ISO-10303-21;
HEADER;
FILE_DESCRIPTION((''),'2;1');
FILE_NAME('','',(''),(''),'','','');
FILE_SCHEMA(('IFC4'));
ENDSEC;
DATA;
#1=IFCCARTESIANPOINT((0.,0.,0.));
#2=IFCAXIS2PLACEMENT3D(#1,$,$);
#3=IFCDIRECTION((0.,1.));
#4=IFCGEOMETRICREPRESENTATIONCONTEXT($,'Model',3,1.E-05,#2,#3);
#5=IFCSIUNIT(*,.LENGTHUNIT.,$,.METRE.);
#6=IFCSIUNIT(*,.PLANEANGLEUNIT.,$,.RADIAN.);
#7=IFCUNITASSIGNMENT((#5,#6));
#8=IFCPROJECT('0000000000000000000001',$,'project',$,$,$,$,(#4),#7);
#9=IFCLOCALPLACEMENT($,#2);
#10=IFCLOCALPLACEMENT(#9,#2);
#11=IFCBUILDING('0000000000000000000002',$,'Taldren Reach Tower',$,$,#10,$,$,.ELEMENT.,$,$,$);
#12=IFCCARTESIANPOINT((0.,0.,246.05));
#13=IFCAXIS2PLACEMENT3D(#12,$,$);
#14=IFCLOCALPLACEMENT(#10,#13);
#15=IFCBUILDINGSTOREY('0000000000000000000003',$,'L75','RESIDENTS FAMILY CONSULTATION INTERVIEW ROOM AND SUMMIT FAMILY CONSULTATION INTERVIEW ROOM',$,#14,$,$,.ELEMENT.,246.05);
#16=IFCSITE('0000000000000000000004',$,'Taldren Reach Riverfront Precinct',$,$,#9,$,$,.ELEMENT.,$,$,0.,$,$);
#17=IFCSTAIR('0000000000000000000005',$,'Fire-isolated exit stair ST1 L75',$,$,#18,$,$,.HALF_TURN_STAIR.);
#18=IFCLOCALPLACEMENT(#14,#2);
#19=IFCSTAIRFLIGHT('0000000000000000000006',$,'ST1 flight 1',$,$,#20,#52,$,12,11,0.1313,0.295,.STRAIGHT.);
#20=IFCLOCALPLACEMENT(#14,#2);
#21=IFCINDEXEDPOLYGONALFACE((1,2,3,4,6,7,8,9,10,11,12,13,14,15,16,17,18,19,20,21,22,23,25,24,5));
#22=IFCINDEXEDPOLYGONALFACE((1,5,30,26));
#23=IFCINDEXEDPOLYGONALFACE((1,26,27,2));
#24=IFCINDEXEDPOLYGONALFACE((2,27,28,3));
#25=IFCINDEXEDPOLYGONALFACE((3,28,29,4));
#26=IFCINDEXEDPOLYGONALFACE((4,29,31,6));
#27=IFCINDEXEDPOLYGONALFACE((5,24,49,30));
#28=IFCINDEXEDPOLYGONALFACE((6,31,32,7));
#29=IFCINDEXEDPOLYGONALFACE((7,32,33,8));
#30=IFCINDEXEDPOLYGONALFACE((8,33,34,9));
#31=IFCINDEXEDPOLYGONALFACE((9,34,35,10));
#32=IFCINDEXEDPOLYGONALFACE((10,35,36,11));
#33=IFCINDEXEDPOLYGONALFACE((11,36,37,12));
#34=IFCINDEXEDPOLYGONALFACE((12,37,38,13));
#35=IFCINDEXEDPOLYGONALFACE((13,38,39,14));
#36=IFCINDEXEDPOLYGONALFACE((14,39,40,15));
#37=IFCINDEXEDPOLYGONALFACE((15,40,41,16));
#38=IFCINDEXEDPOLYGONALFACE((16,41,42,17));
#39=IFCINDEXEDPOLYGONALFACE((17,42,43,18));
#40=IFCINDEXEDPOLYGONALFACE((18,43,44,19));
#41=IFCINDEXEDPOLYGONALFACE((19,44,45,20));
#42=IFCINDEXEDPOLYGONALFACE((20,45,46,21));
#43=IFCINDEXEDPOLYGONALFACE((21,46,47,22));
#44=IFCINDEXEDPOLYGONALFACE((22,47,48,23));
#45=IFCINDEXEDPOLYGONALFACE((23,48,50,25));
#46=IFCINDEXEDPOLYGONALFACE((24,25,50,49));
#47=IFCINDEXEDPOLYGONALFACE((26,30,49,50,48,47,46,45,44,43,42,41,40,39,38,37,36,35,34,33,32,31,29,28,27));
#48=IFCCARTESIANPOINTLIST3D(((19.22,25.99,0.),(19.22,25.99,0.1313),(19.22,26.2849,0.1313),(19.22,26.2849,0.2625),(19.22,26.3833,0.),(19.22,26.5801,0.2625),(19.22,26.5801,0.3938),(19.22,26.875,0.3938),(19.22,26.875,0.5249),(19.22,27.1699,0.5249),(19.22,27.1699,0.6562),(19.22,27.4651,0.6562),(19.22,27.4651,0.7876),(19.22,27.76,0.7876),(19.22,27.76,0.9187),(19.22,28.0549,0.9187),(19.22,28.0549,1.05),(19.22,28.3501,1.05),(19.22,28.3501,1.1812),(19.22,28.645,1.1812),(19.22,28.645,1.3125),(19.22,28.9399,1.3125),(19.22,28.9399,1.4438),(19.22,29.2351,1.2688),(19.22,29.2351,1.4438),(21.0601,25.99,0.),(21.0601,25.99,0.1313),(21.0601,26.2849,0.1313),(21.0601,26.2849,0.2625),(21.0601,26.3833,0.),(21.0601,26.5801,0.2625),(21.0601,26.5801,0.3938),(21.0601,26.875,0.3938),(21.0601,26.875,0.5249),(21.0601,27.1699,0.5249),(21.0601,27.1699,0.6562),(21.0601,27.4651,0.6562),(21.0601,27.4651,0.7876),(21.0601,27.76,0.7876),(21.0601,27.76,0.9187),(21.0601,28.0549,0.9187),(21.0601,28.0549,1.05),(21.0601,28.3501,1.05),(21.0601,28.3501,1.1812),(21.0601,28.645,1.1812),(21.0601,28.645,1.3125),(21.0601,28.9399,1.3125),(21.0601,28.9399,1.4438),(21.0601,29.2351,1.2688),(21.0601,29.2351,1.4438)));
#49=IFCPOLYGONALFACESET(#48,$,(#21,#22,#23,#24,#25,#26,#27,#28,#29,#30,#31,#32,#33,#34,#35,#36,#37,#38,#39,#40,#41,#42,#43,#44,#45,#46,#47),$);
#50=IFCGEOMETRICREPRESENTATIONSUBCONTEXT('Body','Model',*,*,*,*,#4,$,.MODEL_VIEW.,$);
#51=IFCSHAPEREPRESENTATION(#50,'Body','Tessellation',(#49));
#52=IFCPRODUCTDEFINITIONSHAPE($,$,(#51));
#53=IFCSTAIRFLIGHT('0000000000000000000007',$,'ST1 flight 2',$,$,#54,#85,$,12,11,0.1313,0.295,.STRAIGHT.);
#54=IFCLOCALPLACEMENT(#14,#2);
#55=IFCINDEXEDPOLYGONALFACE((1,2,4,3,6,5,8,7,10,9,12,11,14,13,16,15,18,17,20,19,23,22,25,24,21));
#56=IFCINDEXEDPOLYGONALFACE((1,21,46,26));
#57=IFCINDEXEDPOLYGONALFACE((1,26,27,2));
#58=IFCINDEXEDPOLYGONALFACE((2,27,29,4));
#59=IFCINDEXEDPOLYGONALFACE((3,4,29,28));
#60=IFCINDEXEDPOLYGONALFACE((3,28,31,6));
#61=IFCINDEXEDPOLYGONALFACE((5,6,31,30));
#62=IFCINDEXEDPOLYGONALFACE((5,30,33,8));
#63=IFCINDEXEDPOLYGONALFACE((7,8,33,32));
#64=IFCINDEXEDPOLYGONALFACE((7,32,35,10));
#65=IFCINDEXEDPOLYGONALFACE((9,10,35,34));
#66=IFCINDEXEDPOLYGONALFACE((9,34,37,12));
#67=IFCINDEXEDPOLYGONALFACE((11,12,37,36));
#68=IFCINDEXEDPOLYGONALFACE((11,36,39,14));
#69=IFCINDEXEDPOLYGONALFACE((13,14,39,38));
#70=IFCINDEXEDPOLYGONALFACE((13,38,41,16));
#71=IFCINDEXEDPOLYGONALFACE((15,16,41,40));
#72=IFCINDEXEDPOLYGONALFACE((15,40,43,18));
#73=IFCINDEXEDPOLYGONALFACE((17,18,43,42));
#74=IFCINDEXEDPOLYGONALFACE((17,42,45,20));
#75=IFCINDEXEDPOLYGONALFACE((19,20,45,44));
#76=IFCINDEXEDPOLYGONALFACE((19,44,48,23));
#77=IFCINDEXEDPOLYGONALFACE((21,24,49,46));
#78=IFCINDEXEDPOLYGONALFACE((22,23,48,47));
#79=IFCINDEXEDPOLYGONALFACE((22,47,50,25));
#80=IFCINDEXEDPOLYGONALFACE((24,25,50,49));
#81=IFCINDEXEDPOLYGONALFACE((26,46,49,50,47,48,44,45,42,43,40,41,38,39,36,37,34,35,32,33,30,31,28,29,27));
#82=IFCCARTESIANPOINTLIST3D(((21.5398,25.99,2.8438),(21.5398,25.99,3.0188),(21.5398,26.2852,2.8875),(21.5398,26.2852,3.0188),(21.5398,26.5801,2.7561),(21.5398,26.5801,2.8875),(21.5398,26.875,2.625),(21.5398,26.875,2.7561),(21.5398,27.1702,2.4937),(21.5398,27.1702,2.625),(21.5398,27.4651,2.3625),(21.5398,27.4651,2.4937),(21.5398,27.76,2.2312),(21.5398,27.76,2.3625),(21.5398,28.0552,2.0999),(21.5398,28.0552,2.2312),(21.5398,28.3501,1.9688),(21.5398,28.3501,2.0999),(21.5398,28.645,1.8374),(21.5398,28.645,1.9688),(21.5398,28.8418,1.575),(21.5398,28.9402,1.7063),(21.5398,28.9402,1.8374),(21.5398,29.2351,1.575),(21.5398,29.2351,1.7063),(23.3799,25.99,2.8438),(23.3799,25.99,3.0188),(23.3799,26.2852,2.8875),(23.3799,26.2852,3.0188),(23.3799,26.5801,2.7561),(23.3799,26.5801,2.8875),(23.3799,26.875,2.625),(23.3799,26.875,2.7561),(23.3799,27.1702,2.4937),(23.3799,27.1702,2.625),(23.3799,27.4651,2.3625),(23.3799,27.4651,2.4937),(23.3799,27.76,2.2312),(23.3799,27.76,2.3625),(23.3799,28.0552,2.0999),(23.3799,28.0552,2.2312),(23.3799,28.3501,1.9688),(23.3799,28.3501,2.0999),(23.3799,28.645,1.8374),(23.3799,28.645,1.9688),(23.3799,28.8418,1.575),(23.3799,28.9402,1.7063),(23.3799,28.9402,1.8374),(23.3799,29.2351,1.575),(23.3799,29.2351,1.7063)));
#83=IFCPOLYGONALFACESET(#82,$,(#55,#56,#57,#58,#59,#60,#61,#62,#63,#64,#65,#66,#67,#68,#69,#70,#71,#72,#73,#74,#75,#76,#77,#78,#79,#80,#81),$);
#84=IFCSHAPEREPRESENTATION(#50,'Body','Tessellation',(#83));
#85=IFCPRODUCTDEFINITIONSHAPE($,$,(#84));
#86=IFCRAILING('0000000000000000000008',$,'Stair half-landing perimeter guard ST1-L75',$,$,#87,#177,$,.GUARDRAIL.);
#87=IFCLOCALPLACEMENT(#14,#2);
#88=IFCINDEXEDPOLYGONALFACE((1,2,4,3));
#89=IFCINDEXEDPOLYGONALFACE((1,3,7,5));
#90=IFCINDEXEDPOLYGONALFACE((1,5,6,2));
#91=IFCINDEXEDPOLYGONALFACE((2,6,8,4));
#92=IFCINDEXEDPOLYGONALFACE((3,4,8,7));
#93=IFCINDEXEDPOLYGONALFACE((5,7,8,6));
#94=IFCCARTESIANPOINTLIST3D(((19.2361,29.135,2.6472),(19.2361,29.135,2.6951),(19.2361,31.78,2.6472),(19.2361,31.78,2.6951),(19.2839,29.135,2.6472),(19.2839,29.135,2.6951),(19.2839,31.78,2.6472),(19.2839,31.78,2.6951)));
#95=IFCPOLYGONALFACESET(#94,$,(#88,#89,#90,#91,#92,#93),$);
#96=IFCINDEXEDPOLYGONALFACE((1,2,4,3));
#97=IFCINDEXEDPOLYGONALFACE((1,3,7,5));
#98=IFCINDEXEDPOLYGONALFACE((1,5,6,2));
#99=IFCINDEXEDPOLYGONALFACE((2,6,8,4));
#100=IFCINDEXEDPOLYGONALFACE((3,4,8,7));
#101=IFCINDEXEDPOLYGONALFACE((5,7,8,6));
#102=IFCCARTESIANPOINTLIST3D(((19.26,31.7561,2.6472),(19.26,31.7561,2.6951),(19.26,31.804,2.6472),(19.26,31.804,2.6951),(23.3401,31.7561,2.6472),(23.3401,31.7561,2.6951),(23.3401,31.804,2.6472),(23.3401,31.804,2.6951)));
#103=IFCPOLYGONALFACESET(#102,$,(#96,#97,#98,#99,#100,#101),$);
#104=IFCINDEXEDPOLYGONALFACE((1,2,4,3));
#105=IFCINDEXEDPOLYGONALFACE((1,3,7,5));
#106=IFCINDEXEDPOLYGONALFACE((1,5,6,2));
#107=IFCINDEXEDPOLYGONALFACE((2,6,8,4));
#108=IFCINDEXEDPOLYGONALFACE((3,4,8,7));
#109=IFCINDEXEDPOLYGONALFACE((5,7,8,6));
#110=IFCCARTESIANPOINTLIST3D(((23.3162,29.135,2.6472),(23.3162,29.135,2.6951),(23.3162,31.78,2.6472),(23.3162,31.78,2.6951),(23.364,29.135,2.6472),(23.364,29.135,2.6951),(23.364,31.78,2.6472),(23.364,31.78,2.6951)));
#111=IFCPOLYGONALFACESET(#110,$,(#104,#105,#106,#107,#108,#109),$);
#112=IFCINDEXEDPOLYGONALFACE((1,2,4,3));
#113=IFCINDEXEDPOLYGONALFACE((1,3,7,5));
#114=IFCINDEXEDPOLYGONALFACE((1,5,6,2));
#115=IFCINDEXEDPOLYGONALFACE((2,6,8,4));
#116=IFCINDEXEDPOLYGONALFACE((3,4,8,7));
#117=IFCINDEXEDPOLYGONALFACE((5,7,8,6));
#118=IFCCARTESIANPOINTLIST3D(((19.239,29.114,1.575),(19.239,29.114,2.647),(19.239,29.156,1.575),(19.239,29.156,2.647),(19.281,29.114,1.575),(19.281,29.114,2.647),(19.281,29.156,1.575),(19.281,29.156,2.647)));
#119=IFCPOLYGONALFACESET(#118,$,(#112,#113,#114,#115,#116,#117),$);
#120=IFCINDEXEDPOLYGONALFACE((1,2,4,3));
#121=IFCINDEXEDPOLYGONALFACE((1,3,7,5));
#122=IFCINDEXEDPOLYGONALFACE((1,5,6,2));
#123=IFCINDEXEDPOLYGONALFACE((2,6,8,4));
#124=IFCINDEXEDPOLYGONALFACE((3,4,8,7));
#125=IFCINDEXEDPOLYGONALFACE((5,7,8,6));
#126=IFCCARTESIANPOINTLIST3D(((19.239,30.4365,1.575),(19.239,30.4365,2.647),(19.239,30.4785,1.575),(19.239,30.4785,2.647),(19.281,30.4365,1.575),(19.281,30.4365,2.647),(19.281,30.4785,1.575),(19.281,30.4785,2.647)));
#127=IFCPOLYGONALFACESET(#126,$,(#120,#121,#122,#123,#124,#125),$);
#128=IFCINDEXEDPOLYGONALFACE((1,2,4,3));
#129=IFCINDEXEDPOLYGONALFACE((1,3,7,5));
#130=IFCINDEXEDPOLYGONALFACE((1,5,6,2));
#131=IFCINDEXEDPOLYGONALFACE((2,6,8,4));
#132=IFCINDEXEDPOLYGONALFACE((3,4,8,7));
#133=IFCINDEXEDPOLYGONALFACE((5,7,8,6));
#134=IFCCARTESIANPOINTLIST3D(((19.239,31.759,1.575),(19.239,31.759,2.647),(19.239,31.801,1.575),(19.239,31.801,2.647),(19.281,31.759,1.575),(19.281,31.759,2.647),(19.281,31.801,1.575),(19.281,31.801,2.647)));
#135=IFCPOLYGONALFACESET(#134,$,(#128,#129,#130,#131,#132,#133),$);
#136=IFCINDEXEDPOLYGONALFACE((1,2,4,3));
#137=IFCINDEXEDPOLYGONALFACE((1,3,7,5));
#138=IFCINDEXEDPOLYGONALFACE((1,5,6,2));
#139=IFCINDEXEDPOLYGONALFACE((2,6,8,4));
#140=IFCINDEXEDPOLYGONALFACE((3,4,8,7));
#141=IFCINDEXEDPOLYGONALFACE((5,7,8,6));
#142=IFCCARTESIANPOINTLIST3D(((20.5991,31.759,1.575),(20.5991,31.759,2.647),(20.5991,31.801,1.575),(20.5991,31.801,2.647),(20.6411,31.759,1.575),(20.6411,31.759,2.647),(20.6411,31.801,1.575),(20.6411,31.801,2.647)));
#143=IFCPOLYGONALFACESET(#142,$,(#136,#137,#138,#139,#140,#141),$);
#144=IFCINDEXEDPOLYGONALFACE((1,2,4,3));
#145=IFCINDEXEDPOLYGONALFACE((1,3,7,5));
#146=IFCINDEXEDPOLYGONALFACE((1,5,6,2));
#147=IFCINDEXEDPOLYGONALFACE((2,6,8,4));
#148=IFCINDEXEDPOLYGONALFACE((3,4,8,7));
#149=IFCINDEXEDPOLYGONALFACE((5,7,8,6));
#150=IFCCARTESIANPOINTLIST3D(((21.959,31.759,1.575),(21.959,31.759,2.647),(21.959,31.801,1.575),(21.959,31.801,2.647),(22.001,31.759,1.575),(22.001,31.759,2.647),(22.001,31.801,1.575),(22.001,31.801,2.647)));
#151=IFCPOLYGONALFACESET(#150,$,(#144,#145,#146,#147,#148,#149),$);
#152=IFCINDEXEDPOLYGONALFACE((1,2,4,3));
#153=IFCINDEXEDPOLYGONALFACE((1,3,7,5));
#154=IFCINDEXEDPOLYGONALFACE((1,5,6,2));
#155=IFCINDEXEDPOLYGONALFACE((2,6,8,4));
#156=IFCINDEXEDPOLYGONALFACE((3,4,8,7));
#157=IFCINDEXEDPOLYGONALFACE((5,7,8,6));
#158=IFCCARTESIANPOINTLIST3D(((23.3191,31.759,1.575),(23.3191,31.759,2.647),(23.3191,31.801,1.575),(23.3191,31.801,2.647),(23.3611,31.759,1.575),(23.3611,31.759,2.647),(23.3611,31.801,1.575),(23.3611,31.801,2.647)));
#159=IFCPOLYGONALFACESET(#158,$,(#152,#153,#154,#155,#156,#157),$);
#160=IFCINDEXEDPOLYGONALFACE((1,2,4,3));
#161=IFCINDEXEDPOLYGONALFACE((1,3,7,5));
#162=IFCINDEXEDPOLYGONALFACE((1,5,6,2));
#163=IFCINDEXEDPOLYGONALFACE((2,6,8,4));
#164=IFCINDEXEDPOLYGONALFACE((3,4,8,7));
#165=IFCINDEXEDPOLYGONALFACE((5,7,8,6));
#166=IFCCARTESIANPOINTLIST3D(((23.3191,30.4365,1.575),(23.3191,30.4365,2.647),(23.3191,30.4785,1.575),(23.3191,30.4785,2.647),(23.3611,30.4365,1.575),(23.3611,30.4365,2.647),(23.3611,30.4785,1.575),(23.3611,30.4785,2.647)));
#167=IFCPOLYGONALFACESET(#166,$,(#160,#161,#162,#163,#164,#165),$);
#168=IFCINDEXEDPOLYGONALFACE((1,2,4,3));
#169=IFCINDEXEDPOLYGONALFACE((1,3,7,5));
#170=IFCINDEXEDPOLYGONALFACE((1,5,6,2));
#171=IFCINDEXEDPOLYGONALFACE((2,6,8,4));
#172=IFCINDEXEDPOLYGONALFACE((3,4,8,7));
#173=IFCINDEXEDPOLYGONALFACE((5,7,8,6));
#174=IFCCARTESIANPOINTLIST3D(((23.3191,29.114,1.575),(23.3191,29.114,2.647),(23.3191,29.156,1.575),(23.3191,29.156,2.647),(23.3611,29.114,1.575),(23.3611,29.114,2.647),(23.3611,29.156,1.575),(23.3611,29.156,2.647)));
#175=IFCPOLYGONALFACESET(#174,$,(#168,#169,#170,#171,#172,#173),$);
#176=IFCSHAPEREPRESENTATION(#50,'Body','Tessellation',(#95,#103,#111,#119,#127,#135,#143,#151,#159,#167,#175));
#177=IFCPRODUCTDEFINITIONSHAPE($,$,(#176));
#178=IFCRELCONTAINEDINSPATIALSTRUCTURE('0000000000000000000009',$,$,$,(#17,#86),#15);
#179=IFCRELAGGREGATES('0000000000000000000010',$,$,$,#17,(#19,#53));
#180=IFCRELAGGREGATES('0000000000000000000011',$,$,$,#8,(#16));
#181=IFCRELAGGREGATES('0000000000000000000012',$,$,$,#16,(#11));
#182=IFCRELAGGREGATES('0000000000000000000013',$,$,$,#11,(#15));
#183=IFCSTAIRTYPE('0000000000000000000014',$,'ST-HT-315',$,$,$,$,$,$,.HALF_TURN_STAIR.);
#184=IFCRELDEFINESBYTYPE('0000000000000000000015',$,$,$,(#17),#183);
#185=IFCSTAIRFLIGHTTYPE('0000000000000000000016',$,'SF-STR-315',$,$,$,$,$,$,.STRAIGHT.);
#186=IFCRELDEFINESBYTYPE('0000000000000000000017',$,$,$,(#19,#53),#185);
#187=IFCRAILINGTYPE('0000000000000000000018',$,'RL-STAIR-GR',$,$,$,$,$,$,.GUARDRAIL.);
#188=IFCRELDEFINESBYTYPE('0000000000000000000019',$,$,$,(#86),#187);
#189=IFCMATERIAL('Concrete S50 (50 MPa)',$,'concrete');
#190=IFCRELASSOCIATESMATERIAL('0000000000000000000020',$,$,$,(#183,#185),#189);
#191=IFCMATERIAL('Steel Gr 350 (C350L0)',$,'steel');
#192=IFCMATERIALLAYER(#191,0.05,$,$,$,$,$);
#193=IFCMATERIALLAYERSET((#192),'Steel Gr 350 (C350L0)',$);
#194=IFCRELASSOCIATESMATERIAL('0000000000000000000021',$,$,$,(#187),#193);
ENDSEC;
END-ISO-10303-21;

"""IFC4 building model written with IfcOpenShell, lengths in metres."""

from ifc_helpers import new_model, si_unit, direction, frame, origin, origin_2d, place, context, subcontext, project, spatial, polyline, rectangle, outline, extrude, material, layer, layer_set, type_object, element, aggregate, save


model = new_model("IFC4")

# Units and contexts
model_context = context("Model", 3, precision=1e-05, world=origin(), true_north=direction((0.0, 1.0)))
body_context = subcontext(model_context, "Body", "Model", "MODEL_VIEW")
ifc_project = project(units=[si_unit("LENGTHUNIT", "METRE"), si_unit("PLANEANGLEUNIT", "RADIAN")], contexts=[model_context])

# Site, building, storey
site_placement = place(None, origin())
site = spatial("IfcSite", under=ifc_project, at=site_placement, Name="Taldren Reach Riverfront Precinct", CompositionType="ELEMENT", RefElevation=0.0)
building_placement = place(site_placement, origin())
building = spatial("IfcBuilding", under=site, at=building_placement, Name="Taldren Reach Tower", CompositionType="ELEMENT")
storey_placement = place(building_placement, frame((0.0, 0.0, 246.05)))
storey = spatial("IfcBuildingStorey", under=building, at=storey_placement, Name="L75", Description="RESIDENTS FAMILY CONSULTATION INTERVIEW ROOM AND SUMMIT FAMILY CONSULTATION INTERVIEW ROOM", CompositionType="ELEMENT", Elevation=246.05)

# Shared definitions
ifc_material_1 = material(Name="Steel Gr 350 (C350L0)", Category="steel")

# Stair, stair flights
ifc_material_2 = material(Name="Concrete S50 (50 MPa)", Category="concrete")
stair_type = type_object("IfcStairType", Name="ST-HT-315", PredefinedType="HALF_TURN_STAIR", material=ifc_material_2)
stair_placement = place(storey_placement, origin())
stair = element("IfcStair", 1, at=stair_placement, inside=storey, type_object=stair_type, Name="Fire-isolated exit stair ST1 L75", PredefinedType="HALF_TURN_STAIR")
stair_flight_type = type_object("IfcStairFlightType", Name="SF-STR-315", PredefinedType="STRAIGHT", material=ifc_material_2)
stair_flight_1_placement = place(storey_placement, frame((20.1399, 25.99, 0.0), z_axis=(0.0, 0.0, 1.0), x_axis=(0.0, 1.0, 0.0)))
stair_flight_1 = element("IfcStairFlight", 2, at=stair_flight_1_placement, type_object=stair_flight_type, Name="ST1 flight 1", NumberOfRisers=12, NumberOfTreads=11, PredefinedType="STRAIGHT", RiserHeight=0.1313, TreadLength=0.295, context=body_context, shape_type="SweptSolid", body=[
    extrude(outline(polyline([(0.0, 0.0), (0.0, 0.1313), (0.2949, 0.1313), (0.2949, 0.2625), (0.5901, 0.2625), (0.5901, 0.3938), (0.885, 0.3938), (0.885, 0.5249), (1.1799, 0.5249), (1.1799, 0.6562), (1.4751, 0.6562), (1.4751, 0.7876), (1.77, 0.7876), (1.77, 0.9187), (2.0649, 0.9187), (2.0649, 1.05), (2.3601, 1.05), (2.3601, 1.1812), (2.655, 1.1812), (2.655, 1.3125), (2.95, 1.3125), (2.95, 1.4438), (3.2451, 1.4438), (3.2451, 1.575), (3.2451, 1.2688), (0.3933, 0.0), (0.0, 0.0)])), frame((0.0, 0.9199, 0.0), z_axis=(0.0, -1.0, 0.0), x_axis=(1.0, 0.0, 0.0)), (0.0, 0.0, 1.0), 1.8401),
])
stair_flight_2_placement = place(storey_placement, frame((22.46, 29.2351, 1.575), z_axis=(0.0, 0.0, 1.0), x_axis=(0.0, -1.0, 0.0)))
stair_flight_2 = element("IfcStairFlight", 3, at=stair_flight_2_placement, type_object=stair_flight_type, Name="ST1 flight 2", NumberOfRisers=12, NumberOfTreads=11, PredefinedType="STRAIGHT", RiserHeight=0.1313, TreadLength=0.295, context=body_context, shape_type="SweptSolid", body=[
    extrude(outline(polyline([(0.0, 0.0), (0.0, 0.1313), (0.2949, 0.1313), (0.2949, 0.2625), (0.5901, 0.2625), (0.5901, 0.3938), (0.885, 0.3938), (0.885, 0.5249), (1.1799, 0.5249), (1.1799, 0.6562), (1.4751, 0.6562), (1.4751, 0.7876), (1.77, 0.7876), (1.77, 0.9187), (2.0649, 0.9187), (2.0649, 1.05), (2.3601, 1.05), (2.3601, 1.1812), (2.655, 1.1812), (2.655, 1.3125), (2.95, 1.3125), (2.95, 1.4438), (3.2451, 1.4438), (3.2451, 1.575), (3.2451, 1.2688), (0.3933, 0.0), (0.0, 0.0)])), frame((0.0, 0.9199, 0.0), z_axis=(0.0, -1.0, 0.0), x_axis=(1.0, 0.0, 0.0)), (0.0, 0.0, 1.0), 1.8401),
])
aggregate(stair, [stair_flight_1, stair_flight_2])

# Railing
ifc_layer_1 = layer(ifc_material_1, 0.05)
ifc_layer_set_1 = layer_set([ifc_layer_1], Name="Steel Gr 350 (C350L0)")
railing_type_1 = type_object("IfcRailingType", Name="RL-STAIR-GR", PredefinedType="GUARDRAIL", material=ifc_layer_set_1)
railing_1_placement = place(storey_placement, frame((19.26, 29.135, 1.575)))
element("IfcRailing", 4, at=railing_1_placement, inside=storey, type_object=railing_type_1, Name="Stair half-landing perimeter guard ST1-L75", PredefinedType="GUARDRAIL", context=body_context, shape_type="SweptSolid", body=[
    extrude(rectangle(XDim=0.0479, YDim=0.0479, at=origin_2d()), frame((0.0, 0.0, 1.0962), z_axis=(0.0, 1.0, 0.0), x_axis=(-1.0, 0.0, 0.0)), (0.0, 0.0, 1.0), 2.645),
    extrude(rectangle(XDim=0.0479, YDim=0.0479, at=origin_2d()), frame((0.0, 2.645, 1.0962), z_axis=(1.0, 0.0, 0.0), x_axis=(0.0, 1.0, 0.0)), (0.0, 0.0, 1.0), 4.0801),
    extrude(rectangle(XDim=0.0479, YDim=0.0479, at=origin_2d()), frame((4.0801, 2.645, 1.0962), z_axis=(0.0, -1.0, 0.0), x_axis=(1.0, 0.0, 0.0)), (0.0, 0.0, 1.0), 2.645),
    extrude(rectangle(XDim=0.042, YDim=0.042, at=origin_2d()), origin(), (0.0, 0.0, 1.0), 1.072),
    extrude(rectangle(XDim=0.042, YDim=0.042, at=origin_2d()), frame((0.0, 1.3225, 0.0)), (0.0, 0.0, 1.0), 1.072),
    extrude(rectangle(XDim=0.042, YDim=0.042, at=origin_2d()), frame((0.0, 2.645, 0.0)), (0.0, 0.0, 1.0), 1.072),
    extrude(rectangle(XDim=0.042, YDim=0.042, at=origin_2d()), frame((1.3601, 2.645, 0.0)), (0.0, 0.0, 1.0), 1.072),
    extrude(rectangle(XDim=0.042, YDim=0.042, at=origin_2d()), frame((2.72, 2.645, 0.0)), (0.0, 0.0, 1.0), 1.072),
    extrude(rectangle(XDim=0.042, YDim=0.042, at=origin_2d()), frame((4.0801, 2.645, 0.0)), (0.0, 0.0, 1.0), 1.072),
    extrude(rectangle(XDim=0.042, YDim=0.042, at=origin_2d()), frame((4.0801, 1.3225, 0.0)), (0.0, 0.0, 1.0), 1.072),
    extrude(rectangle(XDim=0.042, YDim=0.042, at=origin_2d()), frame((4.0801, 0.0, 0.0)), (0.0, 0.0, 1.0), 1.072),
])

save(model, "model.ifc")
